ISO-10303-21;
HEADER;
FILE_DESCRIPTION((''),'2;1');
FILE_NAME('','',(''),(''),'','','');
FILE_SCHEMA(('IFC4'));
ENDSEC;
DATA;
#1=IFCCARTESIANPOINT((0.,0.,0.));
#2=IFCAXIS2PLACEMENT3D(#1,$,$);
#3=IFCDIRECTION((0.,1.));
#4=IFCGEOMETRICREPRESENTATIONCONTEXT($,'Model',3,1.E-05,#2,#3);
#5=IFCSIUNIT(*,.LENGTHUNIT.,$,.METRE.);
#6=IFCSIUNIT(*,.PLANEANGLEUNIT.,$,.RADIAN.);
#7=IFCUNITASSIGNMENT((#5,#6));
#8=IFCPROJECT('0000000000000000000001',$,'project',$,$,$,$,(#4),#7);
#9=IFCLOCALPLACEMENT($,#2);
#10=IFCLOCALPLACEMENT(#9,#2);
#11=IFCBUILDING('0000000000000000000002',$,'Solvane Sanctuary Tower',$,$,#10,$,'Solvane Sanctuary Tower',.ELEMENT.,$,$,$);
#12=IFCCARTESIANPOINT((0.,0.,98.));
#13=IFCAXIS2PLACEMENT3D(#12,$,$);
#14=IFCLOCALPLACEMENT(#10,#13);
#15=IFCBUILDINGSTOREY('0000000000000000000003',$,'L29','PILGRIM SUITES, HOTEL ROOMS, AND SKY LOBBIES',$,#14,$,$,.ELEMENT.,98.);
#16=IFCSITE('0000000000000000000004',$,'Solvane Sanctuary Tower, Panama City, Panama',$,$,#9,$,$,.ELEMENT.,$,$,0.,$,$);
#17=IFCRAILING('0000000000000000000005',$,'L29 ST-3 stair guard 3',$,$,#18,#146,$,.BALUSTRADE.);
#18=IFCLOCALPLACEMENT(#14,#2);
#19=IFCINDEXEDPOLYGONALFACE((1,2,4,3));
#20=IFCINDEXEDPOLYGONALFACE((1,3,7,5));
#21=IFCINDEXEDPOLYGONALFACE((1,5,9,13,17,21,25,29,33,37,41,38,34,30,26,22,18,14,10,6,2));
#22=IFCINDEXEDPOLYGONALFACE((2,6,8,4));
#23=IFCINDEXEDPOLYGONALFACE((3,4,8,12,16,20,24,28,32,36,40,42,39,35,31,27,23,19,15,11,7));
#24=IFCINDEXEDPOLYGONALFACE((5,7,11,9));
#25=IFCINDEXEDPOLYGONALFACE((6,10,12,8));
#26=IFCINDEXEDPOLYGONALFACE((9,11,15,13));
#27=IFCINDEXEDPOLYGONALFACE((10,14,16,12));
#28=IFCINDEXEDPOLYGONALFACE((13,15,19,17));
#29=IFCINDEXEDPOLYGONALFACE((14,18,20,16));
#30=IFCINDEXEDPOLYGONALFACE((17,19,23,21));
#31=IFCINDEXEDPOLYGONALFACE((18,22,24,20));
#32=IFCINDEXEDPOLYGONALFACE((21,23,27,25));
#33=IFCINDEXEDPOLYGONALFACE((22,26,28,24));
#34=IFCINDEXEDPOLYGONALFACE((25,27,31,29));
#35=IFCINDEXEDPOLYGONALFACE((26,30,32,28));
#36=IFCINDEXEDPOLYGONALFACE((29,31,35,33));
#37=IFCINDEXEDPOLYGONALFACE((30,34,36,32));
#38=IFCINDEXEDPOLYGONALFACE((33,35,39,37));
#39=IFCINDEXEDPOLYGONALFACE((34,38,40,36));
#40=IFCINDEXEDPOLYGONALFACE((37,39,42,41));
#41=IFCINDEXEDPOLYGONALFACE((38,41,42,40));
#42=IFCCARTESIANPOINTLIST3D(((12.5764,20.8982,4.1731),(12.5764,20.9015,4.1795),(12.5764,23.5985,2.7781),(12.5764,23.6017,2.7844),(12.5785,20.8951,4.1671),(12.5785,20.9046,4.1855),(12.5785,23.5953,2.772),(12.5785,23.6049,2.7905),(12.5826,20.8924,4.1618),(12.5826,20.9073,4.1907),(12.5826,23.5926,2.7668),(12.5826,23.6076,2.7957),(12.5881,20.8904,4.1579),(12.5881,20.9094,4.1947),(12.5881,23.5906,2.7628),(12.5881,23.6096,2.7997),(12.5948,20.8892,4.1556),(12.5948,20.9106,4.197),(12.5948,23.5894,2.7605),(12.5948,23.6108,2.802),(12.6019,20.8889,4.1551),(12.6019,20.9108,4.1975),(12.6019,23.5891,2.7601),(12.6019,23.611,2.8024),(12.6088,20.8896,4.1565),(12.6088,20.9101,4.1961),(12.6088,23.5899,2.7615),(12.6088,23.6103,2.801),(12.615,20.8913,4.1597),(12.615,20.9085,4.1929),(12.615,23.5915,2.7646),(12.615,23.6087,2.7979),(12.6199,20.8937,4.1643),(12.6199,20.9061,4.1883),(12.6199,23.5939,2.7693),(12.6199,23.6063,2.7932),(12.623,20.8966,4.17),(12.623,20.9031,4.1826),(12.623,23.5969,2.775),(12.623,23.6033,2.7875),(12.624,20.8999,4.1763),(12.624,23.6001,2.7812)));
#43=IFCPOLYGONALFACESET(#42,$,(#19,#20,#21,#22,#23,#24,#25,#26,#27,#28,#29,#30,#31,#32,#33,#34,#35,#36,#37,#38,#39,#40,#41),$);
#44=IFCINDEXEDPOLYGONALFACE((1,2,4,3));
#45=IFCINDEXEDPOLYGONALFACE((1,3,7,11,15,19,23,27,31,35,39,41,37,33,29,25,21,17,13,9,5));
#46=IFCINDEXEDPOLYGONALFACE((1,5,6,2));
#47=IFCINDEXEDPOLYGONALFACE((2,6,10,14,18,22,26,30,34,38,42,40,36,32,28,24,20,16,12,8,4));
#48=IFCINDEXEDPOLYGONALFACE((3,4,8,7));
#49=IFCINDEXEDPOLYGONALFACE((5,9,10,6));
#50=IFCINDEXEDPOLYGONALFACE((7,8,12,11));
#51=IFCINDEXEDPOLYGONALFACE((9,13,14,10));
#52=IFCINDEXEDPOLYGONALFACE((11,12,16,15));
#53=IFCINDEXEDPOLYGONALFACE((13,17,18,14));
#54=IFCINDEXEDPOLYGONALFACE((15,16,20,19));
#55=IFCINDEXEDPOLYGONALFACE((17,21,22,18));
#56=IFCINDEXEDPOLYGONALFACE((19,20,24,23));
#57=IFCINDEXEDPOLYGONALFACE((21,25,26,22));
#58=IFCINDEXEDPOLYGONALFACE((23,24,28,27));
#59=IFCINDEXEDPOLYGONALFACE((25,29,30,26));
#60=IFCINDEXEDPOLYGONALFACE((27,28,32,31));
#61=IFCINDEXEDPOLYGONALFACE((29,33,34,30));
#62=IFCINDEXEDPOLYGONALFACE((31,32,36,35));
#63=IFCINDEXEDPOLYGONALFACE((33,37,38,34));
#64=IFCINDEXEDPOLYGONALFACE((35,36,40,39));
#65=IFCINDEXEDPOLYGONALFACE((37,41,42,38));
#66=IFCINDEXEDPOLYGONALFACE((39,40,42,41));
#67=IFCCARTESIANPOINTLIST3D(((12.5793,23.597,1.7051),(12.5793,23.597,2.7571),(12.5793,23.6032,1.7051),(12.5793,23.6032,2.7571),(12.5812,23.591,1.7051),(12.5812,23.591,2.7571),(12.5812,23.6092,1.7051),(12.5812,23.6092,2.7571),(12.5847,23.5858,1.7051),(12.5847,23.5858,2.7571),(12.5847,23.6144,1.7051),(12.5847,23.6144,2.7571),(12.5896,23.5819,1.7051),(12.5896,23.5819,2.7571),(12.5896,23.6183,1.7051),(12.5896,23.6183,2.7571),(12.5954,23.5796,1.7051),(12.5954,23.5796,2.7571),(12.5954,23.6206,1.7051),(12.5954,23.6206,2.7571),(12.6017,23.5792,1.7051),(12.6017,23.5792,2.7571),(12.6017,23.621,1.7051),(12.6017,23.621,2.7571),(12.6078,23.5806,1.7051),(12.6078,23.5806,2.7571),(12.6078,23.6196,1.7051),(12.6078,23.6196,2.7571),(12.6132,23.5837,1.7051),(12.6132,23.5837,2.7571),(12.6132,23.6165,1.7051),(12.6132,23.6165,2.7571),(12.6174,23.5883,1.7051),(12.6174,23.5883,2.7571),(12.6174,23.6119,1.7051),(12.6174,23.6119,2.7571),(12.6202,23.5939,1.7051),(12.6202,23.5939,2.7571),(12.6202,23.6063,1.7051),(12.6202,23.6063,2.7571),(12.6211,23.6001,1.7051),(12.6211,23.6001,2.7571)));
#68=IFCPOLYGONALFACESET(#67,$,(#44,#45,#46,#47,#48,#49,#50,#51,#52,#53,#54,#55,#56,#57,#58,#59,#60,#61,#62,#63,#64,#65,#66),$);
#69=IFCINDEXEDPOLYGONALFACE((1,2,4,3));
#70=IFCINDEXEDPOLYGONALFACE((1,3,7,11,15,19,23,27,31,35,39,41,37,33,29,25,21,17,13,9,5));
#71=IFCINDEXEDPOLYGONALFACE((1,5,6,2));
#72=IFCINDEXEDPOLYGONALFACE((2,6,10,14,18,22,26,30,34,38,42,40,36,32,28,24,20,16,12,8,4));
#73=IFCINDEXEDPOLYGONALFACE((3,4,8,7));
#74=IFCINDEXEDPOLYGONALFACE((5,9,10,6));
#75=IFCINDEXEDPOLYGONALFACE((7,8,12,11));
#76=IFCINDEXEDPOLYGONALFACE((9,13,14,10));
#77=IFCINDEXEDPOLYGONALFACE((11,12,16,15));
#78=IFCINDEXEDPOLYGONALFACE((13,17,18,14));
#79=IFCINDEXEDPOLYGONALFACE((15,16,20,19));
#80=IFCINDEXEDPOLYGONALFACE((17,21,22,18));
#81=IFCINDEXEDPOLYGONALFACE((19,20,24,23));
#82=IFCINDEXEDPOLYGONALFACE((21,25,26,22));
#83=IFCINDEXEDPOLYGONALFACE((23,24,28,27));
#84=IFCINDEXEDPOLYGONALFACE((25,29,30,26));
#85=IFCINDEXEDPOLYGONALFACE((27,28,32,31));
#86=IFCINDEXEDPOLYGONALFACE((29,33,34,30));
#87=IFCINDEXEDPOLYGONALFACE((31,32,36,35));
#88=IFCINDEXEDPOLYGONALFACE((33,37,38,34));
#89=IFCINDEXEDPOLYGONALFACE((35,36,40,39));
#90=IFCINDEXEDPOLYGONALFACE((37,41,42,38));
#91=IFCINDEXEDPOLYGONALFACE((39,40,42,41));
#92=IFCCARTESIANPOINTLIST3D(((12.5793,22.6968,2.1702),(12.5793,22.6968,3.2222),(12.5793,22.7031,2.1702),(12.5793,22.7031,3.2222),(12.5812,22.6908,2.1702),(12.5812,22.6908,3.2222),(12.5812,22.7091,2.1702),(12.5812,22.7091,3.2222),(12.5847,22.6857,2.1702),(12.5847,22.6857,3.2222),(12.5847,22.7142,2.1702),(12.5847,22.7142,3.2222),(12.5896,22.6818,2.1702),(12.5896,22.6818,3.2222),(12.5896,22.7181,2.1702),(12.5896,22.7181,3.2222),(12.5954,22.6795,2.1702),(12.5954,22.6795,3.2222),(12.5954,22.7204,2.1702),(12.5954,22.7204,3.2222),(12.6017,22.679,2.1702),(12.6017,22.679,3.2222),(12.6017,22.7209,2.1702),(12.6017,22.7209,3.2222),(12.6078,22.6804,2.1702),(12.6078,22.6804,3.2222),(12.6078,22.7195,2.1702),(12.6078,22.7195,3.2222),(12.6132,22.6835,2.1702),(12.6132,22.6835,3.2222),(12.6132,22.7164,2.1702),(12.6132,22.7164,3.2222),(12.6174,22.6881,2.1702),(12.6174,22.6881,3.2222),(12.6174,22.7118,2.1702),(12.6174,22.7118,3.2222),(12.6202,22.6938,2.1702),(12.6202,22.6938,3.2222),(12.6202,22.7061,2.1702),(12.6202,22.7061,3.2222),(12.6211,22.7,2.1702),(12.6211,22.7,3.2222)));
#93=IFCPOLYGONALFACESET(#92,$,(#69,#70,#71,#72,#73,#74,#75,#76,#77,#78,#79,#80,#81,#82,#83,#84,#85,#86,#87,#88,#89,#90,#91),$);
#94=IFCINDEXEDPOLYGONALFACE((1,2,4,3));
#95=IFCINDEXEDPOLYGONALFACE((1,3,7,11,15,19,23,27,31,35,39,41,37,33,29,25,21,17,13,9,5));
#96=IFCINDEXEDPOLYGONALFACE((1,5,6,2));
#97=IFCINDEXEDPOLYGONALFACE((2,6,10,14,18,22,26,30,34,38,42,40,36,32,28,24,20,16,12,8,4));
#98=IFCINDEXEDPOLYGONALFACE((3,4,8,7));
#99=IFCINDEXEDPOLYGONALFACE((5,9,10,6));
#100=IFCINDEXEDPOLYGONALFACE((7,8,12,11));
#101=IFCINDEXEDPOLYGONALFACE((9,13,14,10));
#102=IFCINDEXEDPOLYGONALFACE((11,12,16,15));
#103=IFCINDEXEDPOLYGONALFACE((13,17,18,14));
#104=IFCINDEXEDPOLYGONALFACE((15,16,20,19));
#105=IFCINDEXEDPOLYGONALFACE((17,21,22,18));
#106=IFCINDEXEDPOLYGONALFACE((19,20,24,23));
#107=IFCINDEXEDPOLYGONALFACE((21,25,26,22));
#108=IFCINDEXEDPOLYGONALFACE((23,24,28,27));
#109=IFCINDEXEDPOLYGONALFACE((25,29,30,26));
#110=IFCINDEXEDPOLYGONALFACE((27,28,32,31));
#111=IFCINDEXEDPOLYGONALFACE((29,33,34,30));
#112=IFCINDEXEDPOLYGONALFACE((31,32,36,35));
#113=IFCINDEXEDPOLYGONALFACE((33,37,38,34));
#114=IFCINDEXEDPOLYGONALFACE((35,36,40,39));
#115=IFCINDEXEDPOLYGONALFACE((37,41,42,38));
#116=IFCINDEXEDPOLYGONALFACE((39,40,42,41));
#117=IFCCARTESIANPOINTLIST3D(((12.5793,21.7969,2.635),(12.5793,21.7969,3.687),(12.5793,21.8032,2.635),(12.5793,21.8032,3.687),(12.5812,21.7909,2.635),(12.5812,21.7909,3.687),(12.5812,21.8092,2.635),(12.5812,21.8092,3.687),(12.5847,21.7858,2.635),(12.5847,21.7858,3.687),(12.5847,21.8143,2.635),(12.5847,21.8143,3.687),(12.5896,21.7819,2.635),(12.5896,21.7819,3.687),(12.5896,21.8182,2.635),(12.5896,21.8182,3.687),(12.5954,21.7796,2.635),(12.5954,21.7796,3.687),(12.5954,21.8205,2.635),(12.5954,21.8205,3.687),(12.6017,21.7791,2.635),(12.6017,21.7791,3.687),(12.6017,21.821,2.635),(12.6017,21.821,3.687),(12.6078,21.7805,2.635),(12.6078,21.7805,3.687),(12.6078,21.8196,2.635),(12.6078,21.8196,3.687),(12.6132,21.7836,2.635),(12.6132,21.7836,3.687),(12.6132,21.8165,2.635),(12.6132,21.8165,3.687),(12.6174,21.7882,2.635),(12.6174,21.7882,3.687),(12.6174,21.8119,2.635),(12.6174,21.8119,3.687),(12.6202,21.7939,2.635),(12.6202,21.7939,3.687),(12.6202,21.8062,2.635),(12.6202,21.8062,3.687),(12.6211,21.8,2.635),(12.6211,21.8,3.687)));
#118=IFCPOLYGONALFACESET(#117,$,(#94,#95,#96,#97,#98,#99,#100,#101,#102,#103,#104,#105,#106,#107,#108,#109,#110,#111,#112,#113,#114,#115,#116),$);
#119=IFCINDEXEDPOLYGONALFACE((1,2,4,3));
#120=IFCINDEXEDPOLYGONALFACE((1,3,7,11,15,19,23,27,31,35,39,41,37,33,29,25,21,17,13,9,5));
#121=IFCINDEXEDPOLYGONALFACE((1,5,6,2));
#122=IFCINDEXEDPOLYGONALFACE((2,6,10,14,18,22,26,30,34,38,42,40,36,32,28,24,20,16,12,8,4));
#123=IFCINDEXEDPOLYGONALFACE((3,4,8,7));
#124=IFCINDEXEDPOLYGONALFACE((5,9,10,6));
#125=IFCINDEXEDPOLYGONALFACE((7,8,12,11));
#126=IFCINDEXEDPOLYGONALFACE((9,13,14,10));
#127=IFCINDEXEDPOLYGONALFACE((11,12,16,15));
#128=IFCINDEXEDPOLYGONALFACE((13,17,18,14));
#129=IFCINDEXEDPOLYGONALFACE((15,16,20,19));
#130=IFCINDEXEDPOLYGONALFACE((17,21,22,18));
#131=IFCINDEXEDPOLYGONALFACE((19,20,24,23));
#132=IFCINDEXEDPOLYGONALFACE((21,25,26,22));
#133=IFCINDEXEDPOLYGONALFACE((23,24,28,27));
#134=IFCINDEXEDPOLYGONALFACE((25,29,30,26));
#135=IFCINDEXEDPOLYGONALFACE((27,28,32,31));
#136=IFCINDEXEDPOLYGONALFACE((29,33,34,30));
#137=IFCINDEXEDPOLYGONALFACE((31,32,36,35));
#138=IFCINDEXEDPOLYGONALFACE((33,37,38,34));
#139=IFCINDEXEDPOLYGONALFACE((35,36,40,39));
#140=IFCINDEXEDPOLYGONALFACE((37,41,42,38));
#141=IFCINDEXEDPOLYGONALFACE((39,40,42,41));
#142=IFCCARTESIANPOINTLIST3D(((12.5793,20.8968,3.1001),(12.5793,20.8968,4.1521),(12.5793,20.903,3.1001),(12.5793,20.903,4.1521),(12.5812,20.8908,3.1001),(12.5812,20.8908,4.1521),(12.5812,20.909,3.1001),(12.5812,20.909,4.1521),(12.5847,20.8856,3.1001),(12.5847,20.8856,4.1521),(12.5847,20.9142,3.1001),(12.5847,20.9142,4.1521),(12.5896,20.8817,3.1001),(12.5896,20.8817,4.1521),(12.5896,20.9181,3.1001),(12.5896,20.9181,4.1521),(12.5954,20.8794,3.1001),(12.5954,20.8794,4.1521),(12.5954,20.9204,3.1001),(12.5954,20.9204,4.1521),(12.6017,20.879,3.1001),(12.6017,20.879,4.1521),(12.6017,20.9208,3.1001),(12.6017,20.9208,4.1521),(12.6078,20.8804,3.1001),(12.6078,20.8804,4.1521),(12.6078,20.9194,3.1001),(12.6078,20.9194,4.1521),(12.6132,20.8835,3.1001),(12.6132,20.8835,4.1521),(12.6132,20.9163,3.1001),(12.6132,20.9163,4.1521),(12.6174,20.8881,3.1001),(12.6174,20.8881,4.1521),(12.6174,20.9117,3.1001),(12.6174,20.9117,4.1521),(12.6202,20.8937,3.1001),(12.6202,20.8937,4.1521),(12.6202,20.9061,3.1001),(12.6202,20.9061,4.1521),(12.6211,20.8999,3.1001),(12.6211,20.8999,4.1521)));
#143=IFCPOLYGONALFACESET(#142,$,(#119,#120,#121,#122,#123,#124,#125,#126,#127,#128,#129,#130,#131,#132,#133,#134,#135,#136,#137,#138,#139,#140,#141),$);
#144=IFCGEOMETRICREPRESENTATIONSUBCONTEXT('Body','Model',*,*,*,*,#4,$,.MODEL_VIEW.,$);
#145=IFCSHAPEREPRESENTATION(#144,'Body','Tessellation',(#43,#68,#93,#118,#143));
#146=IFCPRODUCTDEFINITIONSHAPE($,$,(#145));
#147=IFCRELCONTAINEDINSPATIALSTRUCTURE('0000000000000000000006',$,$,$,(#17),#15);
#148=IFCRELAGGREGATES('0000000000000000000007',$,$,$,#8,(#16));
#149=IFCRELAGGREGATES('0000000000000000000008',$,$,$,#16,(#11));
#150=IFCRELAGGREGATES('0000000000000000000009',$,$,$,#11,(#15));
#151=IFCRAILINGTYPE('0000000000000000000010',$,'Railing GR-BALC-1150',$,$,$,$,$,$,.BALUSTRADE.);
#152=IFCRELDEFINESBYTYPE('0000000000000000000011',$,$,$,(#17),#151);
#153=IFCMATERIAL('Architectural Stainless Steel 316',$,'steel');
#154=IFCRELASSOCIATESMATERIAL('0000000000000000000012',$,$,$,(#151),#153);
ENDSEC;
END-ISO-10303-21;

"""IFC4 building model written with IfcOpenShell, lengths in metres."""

from ifc_helpers import new_model, si_unit, direction, frame, origin, origin_2d, place, context, subcontext, project, spatial, circle, extrude, material, type_object, element, save


model = new_model("IFC4")

# Units and contexts
model_context = context("Model", 3, precision=1e-05, world=origin(), true_north=direction((0.0, 1.0)))
body_context = subcontext(model_context, "Body", "Model", "MODEL_VIEW")
ifc_project = project(units=[si_unit("LENGTHUNIT", "METRE"), si_unit("PLANEANGLEUNIT", "RADIAN")], contexts=[model_context])

# Site, building, storey
site_placement = place(None, origin())
site = spatial("IfcSite", under=ifc_project, at=site_placement, Name="Solvane Sanctuary Tower, Panama City, Panama", CompositionType="ELEMENT", RefElevation=0.0)
building_placement = place(site_placement, origin())
building = spatial("IfcBuilding", under=site, at=building_placement, Name="Solvane Sanctuary Tower", LongName="Solvane Sanctuary Tower", CompositionType="ELEMENT")
storey_placement = place(building_placement, frame((0.0, 0.0, 98.0)))
storey = spatial("IfcBuildingStorey", under=building, at=storey_placement, Name="L29", Description="PILGRIM SUITES, HOTEL ROOMS, AND SKY LOBBIES", CompositionType="ELEMENT", Elevation=98.0)

# Railing
ifc_material_1 = material(Name="Architectural Stainless Steel 316", Category="steel")
railing_type_1 = type_object("IfcRailingType", Name="Railing GR-BALC-1150", PredefinedType="BALUSTRADE", material=ifc_material_1)
railing_1_placement = place(storey_placement, frame((12.6001, 23.6001, 1.7051)))
element("IfcRailing", 1, at=railing_1_placement, inside=storey, type_object=railing_type_1, Name="L29 ST-3 stair guard 3", PredefinedType="BALUSTRADE", context=body_context, shape_type="SweptSolid", body=[
    extrude(circle(Radius=0.0239, at=origin_2d()), frame((0.0, 0.0, 1.0762), z_axis=(0.0, -0.888437, 0.458999), x_axis=(1.0, 0.0, 0.0)), (0.0, 0.0, 1.0), 3.0393),
    extrude(circle(Radius=0.021, at=origin_2d()), origin(), (0.0, 0.0, 1.0), 1.052),
    extrude(circle(Radius=0.021, at=origin_2d()), frame((0.0, -0.9001, 0.4651)), (0.0, 0.0, 1.0), 1.052),
    extrude(circle(Radius=0.021, at=origin_2d()), frame((0.0, -1.8, 0.9299)), (0.0, 0.0, 1.0), 1.052),
    extrude(circle(Radius=0.021, at=origin_2d()), frame((0.0, -2.7002, 1.395)), (0.0, 0.0, 1.0), 1.052),
])

save(model, "model.ifc")
